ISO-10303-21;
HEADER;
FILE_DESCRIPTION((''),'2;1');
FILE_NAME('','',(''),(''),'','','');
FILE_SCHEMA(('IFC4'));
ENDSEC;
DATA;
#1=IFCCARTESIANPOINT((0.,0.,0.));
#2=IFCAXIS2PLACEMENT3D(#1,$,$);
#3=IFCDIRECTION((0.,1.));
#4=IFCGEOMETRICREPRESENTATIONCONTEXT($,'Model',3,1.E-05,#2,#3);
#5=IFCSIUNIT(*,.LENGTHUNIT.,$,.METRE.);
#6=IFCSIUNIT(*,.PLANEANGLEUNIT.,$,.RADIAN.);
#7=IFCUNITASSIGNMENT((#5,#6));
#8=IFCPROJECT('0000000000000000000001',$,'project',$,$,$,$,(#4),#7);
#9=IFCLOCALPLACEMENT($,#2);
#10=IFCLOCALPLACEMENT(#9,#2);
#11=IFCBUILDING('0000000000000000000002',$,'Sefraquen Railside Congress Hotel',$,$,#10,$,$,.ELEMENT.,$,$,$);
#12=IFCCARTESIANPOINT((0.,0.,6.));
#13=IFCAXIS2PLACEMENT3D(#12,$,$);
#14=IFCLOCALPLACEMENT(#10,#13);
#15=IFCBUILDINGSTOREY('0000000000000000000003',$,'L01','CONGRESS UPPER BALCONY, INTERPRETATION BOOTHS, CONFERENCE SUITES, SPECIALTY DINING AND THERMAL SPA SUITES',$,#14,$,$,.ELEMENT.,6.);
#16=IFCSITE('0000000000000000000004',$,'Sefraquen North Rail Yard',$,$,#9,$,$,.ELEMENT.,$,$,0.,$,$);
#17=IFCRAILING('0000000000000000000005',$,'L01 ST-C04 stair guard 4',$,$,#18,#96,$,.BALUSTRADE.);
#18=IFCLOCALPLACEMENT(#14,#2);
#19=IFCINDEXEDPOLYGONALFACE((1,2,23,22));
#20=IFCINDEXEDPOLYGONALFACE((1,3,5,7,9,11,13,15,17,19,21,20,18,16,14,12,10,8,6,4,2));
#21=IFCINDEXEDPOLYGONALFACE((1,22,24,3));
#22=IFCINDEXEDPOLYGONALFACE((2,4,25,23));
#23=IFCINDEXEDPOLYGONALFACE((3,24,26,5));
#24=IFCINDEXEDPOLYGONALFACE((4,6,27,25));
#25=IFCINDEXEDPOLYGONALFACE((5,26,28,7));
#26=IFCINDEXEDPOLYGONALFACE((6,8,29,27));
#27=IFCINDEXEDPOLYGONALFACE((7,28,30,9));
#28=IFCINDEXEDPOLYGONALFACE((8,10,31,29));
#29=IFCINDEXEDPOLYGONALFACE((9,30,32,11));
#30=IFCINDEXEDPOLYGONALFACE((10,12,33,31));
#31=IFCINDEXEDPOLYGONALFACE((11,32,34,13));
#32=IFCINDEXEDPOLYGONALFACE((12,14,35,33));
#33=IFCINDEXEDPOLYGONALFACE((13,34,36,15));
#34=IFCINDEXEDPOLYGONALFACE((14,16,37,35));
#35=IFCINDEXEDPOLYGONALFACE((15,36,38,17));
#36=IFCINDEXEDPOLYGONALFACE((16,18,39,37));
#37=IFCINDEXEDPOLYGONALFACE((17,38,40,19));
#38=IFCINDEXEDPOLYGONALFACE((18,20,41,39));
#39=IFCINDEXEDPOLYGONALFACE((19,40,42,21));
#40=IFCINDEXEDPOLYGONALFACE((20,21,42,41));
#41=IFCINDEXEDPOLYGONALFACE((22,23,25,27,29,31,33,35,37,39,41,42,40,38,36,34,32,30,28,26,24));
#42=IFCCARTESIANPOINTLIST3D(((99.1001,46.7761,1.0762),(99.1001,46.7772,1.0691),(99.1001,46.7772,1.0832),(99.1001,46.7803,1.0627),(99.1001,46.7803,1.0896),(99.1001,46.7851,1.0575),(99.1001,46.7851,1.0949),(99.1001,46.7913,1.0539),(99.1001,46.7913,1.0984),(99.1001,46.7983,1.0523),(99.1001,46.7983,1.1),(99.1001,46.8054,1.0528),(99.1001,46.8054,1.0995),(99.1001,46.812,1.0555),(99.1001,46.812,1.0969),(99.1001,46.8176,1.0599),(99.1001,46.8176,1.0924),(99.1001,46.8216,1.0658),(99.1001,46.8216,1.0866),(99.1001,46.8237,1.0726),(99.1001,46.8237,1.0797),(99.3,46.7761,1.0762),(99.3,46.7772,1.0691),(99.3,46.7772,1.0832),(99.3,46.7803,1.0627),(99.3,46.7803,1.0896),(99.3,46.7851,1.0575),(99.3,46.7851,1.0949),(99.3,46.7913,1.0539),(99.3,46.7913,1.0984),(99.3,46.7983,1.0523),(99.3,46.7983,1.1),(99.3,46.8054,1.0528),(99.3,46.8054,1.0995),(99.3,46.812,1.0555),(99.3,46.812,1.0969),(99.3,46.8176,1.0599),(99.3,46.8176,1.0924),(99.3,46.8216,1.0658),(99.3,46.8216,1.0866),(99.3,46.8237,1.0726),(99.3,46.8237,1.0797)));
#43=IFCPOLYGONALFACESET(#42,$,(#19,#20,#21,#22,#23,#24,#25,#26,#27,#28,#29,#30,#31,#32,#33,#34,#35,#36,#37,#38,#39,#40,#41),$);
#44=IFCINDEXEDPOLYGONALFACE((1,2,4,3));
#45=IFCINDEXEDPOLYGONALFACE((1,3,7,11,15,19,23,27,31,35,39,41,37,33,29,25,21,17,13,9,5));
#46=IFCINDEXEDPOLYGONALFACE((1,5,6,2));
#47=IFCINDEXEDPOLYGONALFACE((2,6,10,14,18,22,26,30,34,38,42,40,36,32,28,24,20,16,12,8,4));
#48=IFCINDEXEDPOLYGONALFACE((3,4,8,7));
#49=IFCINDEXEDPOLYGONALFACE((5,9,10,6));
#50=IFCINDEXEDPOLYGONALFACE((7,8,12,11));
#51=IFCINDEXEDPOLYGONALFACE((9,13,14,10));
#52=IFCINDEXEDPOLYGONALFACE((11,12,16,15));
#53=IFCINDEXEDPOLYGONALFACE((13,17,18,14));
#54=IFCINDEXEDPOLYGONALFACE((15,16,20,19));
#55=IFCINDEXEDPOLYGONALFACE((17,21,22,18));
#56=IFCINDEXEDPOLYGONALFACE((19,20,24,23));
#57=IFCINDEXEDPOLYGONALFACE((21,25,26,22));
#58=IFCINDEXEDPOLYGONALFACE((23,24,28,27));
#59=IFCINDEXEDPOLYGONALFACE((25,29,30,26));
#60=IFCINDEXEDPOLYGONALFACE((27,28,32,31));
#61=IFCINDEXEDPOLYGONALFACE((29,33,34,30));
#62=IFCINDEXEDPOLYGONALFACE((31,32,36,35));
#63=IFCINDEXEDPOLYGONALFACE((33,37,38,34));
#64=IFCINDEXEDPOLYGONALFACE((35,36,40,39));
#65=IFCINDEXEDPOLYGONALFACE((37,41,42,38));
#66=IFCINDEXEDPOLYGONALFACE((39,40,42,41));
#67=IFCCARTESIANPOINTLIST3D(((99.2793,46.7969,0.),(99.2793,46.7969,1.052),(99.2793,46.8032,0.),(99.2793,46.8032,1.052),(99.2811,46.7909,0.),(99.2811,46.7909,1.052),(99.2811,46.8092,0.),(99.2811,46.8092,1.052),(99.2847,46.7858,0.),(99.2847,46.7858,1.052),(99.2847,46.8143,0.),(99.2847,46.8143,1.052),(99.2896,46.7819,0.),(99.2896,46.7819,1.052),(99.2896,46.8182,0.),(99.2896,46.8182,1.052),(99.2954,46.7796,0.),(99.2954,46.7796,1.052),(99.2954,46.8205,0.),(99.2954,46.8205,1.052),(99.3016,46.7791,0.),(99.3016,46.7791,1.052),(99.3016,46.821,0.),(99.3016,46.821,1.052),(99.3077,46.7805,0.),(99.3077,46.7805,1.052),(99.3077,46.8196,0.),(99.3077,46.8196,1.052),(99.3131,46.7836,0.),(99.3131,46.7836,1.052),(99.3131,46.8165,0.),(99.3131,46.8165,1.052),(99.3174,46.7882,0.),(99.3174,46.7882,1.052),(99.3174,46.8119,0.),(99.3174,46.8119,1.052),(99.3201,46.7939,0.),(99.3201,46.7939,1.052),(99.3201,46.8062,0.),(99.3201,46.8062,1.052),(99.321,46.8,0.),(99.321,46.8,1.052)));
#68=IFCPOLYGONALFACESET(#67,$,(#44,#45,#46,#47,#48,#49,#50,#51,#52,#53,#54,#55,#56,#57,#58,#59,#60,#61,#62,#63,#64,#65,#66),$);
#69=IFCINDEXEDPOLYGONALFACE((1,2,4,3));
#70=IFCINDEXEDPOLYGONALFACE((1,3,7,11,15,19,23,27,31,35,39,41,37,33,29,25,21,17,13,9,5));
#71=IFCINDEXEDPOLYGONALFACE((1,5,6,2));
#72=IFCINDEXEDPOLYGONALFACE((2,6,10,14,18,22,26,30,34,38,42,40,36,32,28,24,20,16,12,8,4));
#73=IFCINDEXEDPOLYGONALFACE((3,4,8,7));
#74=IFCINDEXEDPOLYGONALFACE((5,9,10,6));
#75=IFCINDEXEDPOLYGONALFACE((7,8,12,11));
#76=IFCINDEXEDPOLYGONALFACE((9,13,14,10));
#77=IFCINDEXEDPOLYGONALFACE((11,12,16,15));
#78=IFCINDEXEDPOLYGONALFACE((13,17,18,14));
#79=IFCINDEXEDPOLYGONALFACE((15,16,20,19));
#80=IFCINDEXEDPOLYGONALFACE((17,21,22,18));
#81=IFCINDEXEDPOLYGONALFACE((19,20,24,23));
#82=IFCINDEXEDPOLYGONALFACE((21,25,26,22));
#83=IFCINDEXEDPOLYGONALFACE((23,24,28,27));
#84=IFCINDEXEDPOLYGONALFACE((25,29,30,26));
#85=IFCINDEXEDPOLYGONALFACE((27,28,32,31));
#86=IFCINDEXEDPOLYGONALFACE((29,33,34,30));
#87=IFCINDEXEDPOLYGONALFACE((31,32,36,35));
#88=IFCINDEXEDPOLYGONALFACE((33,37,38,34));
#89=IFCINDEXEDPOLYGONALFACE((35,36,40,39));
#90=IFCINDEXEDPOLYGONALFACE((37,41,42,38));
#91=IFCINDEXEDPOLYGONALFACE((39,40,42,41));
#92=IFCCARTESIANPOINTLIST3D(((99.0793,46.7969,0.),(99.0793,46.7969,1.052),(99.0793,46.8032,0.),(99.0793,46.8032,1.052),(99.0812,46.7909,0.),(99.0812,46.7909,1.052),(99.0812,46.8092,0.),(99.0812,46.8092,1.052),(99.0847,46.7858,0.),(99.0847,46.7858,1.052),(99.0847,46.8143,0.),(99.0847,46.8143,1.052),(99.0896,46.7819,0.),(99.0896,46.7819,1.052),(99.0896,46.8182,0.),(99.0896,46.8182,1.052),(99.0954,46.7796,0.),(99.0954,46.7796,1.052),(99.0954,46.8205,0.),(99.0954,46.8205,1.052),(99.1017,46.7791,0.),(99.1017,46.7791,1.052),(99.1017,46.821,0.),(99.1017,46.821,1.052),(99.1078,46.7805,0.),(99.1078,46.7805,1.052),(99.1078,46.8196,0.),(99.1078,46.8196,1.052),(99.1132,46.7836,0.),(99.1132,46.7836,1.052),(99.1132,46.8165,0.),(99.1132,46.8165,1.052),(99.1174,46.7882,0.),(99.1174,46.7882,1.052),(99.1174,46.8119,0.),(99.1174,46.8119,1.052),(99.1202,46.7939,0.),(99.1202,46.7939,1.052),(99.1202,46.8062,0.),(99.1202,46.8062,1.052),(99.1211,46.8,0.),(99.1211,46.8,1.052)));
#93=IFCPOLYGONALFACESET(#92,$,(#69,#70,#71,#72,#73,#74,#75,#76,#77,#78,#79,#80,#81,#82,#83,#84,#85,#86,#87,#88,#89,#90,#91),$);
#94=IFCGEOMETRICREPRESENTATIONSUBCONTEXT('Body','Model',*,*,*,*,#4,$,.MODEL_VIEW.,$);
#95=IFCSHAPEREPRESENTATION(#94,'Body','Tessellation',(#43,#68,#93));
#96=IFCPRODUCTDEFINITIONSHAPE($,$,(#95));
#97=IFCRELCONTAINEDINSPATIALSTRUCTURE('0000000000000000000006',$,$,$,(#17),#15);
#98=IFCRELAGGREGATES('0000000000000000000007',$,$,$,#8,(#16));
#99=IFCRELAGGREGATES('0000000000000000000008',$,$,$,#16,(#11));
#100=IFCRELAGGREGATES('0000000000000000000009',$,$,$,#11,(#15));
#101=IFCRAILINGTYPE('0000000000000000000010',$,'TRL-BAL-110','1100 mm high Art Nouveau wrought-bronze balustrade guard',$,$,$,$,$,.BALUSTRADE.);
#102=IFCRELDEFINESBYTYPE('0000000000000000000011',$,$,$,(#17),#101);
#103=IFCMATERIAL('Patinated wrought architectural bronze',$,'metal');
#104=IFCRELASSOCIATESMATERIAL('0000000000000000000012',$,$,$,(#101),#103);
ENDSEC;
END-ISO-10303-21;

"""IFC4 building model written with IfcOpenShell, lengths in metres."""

from ifc_helpers import new_model, si_unit, direction, frame, origin, origin_2d, place, context, subcontext, project, spatial, circle, extrude, material, type_object, element, save


model = new_model("IFC4")

# Units and contexts
model_context = context("Model", 3, precision=1e-05, world=origin(), true_north=direction((0.0, 1.0)))
body_context = subcontext(model_context, "Body", "Model", "MODEL_VIEW")
ifc_project = project(units=[si_unit("LENGTHUNIT", "METRE"), si_unit("PLANEANGLEUNIT", "RADIAN")], contexts=[model_context])

# Site, building, storey
site_placement = place(None, origin())
site = spatial("IfcSite", under=ifc_project, at=site_placement, Name="Sefraquen North Rail Yard", CompositionType="ELEMENT", RefElevation=0.0)
building_placement = place(site_placement, origin())
building = spatial("IfcBuilding", under=site, at=building_placement, Name="Sefraquen Railside Congress Hotel", CompositionType="ELEMENT")
storey_placement = place(building_placement, frame((0.0, 0.0, 6.0)))
storey = spatial("IfcBuildingStorey", under=building, at=storey_placement, Name="L01", Description="CONGRESS UPPER BALCONY, INTERPRETATION BOOTHS, CONFERENCE SUITES, SPECIALTY DINING AND THERMAL SPA SUITES", CompositionType="ELEMENT", Elevation=6.0)

# Railing
ifc_material_1 = material(Name="Patinated wrought architectural bronze", Category="metal")
railing_type_1 = type_object("IfcRailingType", Name="TRL-BAL-110", Description="1100 mm high Art Nouveau wrought-bronze balustrade guard", PredefinedType="BALUSTRADE", material=ifc_material_1)
railing_1_placement = place(storey_placement, frame((99.3, 46.8, 0.0)))
element("IfcRailing", 1, at=railing_1_placement, inside=storey, type_object=railing_type_1, Name="L01 ST-C04 stair guard 4", PredefinedType="BALUSTRADE", context=body_context, shape_type="SweptSolid", body=[
    extrude(circle(Radius=0.0239, at=origin_2d()), frame((0.0, 0.0, 1.0762), z_axis=(-1.0, 0.0, 0.0), x_axis=(0.0, -1.0, 0.0)), (0.0, 0.0, 1.0), 0.2),
    extrude(circle(Radius=0.021, at=origin_2d()), origin(), (0.0, 0.0, 1.0), 1.052),
    extrude(circle(Radius=0.021, at=origin_2d()), frame((-0.2, 0.0, 0.0)), (0.0, 0.0, 1.0), 1.052),
])

save(model, "model.ifc")
